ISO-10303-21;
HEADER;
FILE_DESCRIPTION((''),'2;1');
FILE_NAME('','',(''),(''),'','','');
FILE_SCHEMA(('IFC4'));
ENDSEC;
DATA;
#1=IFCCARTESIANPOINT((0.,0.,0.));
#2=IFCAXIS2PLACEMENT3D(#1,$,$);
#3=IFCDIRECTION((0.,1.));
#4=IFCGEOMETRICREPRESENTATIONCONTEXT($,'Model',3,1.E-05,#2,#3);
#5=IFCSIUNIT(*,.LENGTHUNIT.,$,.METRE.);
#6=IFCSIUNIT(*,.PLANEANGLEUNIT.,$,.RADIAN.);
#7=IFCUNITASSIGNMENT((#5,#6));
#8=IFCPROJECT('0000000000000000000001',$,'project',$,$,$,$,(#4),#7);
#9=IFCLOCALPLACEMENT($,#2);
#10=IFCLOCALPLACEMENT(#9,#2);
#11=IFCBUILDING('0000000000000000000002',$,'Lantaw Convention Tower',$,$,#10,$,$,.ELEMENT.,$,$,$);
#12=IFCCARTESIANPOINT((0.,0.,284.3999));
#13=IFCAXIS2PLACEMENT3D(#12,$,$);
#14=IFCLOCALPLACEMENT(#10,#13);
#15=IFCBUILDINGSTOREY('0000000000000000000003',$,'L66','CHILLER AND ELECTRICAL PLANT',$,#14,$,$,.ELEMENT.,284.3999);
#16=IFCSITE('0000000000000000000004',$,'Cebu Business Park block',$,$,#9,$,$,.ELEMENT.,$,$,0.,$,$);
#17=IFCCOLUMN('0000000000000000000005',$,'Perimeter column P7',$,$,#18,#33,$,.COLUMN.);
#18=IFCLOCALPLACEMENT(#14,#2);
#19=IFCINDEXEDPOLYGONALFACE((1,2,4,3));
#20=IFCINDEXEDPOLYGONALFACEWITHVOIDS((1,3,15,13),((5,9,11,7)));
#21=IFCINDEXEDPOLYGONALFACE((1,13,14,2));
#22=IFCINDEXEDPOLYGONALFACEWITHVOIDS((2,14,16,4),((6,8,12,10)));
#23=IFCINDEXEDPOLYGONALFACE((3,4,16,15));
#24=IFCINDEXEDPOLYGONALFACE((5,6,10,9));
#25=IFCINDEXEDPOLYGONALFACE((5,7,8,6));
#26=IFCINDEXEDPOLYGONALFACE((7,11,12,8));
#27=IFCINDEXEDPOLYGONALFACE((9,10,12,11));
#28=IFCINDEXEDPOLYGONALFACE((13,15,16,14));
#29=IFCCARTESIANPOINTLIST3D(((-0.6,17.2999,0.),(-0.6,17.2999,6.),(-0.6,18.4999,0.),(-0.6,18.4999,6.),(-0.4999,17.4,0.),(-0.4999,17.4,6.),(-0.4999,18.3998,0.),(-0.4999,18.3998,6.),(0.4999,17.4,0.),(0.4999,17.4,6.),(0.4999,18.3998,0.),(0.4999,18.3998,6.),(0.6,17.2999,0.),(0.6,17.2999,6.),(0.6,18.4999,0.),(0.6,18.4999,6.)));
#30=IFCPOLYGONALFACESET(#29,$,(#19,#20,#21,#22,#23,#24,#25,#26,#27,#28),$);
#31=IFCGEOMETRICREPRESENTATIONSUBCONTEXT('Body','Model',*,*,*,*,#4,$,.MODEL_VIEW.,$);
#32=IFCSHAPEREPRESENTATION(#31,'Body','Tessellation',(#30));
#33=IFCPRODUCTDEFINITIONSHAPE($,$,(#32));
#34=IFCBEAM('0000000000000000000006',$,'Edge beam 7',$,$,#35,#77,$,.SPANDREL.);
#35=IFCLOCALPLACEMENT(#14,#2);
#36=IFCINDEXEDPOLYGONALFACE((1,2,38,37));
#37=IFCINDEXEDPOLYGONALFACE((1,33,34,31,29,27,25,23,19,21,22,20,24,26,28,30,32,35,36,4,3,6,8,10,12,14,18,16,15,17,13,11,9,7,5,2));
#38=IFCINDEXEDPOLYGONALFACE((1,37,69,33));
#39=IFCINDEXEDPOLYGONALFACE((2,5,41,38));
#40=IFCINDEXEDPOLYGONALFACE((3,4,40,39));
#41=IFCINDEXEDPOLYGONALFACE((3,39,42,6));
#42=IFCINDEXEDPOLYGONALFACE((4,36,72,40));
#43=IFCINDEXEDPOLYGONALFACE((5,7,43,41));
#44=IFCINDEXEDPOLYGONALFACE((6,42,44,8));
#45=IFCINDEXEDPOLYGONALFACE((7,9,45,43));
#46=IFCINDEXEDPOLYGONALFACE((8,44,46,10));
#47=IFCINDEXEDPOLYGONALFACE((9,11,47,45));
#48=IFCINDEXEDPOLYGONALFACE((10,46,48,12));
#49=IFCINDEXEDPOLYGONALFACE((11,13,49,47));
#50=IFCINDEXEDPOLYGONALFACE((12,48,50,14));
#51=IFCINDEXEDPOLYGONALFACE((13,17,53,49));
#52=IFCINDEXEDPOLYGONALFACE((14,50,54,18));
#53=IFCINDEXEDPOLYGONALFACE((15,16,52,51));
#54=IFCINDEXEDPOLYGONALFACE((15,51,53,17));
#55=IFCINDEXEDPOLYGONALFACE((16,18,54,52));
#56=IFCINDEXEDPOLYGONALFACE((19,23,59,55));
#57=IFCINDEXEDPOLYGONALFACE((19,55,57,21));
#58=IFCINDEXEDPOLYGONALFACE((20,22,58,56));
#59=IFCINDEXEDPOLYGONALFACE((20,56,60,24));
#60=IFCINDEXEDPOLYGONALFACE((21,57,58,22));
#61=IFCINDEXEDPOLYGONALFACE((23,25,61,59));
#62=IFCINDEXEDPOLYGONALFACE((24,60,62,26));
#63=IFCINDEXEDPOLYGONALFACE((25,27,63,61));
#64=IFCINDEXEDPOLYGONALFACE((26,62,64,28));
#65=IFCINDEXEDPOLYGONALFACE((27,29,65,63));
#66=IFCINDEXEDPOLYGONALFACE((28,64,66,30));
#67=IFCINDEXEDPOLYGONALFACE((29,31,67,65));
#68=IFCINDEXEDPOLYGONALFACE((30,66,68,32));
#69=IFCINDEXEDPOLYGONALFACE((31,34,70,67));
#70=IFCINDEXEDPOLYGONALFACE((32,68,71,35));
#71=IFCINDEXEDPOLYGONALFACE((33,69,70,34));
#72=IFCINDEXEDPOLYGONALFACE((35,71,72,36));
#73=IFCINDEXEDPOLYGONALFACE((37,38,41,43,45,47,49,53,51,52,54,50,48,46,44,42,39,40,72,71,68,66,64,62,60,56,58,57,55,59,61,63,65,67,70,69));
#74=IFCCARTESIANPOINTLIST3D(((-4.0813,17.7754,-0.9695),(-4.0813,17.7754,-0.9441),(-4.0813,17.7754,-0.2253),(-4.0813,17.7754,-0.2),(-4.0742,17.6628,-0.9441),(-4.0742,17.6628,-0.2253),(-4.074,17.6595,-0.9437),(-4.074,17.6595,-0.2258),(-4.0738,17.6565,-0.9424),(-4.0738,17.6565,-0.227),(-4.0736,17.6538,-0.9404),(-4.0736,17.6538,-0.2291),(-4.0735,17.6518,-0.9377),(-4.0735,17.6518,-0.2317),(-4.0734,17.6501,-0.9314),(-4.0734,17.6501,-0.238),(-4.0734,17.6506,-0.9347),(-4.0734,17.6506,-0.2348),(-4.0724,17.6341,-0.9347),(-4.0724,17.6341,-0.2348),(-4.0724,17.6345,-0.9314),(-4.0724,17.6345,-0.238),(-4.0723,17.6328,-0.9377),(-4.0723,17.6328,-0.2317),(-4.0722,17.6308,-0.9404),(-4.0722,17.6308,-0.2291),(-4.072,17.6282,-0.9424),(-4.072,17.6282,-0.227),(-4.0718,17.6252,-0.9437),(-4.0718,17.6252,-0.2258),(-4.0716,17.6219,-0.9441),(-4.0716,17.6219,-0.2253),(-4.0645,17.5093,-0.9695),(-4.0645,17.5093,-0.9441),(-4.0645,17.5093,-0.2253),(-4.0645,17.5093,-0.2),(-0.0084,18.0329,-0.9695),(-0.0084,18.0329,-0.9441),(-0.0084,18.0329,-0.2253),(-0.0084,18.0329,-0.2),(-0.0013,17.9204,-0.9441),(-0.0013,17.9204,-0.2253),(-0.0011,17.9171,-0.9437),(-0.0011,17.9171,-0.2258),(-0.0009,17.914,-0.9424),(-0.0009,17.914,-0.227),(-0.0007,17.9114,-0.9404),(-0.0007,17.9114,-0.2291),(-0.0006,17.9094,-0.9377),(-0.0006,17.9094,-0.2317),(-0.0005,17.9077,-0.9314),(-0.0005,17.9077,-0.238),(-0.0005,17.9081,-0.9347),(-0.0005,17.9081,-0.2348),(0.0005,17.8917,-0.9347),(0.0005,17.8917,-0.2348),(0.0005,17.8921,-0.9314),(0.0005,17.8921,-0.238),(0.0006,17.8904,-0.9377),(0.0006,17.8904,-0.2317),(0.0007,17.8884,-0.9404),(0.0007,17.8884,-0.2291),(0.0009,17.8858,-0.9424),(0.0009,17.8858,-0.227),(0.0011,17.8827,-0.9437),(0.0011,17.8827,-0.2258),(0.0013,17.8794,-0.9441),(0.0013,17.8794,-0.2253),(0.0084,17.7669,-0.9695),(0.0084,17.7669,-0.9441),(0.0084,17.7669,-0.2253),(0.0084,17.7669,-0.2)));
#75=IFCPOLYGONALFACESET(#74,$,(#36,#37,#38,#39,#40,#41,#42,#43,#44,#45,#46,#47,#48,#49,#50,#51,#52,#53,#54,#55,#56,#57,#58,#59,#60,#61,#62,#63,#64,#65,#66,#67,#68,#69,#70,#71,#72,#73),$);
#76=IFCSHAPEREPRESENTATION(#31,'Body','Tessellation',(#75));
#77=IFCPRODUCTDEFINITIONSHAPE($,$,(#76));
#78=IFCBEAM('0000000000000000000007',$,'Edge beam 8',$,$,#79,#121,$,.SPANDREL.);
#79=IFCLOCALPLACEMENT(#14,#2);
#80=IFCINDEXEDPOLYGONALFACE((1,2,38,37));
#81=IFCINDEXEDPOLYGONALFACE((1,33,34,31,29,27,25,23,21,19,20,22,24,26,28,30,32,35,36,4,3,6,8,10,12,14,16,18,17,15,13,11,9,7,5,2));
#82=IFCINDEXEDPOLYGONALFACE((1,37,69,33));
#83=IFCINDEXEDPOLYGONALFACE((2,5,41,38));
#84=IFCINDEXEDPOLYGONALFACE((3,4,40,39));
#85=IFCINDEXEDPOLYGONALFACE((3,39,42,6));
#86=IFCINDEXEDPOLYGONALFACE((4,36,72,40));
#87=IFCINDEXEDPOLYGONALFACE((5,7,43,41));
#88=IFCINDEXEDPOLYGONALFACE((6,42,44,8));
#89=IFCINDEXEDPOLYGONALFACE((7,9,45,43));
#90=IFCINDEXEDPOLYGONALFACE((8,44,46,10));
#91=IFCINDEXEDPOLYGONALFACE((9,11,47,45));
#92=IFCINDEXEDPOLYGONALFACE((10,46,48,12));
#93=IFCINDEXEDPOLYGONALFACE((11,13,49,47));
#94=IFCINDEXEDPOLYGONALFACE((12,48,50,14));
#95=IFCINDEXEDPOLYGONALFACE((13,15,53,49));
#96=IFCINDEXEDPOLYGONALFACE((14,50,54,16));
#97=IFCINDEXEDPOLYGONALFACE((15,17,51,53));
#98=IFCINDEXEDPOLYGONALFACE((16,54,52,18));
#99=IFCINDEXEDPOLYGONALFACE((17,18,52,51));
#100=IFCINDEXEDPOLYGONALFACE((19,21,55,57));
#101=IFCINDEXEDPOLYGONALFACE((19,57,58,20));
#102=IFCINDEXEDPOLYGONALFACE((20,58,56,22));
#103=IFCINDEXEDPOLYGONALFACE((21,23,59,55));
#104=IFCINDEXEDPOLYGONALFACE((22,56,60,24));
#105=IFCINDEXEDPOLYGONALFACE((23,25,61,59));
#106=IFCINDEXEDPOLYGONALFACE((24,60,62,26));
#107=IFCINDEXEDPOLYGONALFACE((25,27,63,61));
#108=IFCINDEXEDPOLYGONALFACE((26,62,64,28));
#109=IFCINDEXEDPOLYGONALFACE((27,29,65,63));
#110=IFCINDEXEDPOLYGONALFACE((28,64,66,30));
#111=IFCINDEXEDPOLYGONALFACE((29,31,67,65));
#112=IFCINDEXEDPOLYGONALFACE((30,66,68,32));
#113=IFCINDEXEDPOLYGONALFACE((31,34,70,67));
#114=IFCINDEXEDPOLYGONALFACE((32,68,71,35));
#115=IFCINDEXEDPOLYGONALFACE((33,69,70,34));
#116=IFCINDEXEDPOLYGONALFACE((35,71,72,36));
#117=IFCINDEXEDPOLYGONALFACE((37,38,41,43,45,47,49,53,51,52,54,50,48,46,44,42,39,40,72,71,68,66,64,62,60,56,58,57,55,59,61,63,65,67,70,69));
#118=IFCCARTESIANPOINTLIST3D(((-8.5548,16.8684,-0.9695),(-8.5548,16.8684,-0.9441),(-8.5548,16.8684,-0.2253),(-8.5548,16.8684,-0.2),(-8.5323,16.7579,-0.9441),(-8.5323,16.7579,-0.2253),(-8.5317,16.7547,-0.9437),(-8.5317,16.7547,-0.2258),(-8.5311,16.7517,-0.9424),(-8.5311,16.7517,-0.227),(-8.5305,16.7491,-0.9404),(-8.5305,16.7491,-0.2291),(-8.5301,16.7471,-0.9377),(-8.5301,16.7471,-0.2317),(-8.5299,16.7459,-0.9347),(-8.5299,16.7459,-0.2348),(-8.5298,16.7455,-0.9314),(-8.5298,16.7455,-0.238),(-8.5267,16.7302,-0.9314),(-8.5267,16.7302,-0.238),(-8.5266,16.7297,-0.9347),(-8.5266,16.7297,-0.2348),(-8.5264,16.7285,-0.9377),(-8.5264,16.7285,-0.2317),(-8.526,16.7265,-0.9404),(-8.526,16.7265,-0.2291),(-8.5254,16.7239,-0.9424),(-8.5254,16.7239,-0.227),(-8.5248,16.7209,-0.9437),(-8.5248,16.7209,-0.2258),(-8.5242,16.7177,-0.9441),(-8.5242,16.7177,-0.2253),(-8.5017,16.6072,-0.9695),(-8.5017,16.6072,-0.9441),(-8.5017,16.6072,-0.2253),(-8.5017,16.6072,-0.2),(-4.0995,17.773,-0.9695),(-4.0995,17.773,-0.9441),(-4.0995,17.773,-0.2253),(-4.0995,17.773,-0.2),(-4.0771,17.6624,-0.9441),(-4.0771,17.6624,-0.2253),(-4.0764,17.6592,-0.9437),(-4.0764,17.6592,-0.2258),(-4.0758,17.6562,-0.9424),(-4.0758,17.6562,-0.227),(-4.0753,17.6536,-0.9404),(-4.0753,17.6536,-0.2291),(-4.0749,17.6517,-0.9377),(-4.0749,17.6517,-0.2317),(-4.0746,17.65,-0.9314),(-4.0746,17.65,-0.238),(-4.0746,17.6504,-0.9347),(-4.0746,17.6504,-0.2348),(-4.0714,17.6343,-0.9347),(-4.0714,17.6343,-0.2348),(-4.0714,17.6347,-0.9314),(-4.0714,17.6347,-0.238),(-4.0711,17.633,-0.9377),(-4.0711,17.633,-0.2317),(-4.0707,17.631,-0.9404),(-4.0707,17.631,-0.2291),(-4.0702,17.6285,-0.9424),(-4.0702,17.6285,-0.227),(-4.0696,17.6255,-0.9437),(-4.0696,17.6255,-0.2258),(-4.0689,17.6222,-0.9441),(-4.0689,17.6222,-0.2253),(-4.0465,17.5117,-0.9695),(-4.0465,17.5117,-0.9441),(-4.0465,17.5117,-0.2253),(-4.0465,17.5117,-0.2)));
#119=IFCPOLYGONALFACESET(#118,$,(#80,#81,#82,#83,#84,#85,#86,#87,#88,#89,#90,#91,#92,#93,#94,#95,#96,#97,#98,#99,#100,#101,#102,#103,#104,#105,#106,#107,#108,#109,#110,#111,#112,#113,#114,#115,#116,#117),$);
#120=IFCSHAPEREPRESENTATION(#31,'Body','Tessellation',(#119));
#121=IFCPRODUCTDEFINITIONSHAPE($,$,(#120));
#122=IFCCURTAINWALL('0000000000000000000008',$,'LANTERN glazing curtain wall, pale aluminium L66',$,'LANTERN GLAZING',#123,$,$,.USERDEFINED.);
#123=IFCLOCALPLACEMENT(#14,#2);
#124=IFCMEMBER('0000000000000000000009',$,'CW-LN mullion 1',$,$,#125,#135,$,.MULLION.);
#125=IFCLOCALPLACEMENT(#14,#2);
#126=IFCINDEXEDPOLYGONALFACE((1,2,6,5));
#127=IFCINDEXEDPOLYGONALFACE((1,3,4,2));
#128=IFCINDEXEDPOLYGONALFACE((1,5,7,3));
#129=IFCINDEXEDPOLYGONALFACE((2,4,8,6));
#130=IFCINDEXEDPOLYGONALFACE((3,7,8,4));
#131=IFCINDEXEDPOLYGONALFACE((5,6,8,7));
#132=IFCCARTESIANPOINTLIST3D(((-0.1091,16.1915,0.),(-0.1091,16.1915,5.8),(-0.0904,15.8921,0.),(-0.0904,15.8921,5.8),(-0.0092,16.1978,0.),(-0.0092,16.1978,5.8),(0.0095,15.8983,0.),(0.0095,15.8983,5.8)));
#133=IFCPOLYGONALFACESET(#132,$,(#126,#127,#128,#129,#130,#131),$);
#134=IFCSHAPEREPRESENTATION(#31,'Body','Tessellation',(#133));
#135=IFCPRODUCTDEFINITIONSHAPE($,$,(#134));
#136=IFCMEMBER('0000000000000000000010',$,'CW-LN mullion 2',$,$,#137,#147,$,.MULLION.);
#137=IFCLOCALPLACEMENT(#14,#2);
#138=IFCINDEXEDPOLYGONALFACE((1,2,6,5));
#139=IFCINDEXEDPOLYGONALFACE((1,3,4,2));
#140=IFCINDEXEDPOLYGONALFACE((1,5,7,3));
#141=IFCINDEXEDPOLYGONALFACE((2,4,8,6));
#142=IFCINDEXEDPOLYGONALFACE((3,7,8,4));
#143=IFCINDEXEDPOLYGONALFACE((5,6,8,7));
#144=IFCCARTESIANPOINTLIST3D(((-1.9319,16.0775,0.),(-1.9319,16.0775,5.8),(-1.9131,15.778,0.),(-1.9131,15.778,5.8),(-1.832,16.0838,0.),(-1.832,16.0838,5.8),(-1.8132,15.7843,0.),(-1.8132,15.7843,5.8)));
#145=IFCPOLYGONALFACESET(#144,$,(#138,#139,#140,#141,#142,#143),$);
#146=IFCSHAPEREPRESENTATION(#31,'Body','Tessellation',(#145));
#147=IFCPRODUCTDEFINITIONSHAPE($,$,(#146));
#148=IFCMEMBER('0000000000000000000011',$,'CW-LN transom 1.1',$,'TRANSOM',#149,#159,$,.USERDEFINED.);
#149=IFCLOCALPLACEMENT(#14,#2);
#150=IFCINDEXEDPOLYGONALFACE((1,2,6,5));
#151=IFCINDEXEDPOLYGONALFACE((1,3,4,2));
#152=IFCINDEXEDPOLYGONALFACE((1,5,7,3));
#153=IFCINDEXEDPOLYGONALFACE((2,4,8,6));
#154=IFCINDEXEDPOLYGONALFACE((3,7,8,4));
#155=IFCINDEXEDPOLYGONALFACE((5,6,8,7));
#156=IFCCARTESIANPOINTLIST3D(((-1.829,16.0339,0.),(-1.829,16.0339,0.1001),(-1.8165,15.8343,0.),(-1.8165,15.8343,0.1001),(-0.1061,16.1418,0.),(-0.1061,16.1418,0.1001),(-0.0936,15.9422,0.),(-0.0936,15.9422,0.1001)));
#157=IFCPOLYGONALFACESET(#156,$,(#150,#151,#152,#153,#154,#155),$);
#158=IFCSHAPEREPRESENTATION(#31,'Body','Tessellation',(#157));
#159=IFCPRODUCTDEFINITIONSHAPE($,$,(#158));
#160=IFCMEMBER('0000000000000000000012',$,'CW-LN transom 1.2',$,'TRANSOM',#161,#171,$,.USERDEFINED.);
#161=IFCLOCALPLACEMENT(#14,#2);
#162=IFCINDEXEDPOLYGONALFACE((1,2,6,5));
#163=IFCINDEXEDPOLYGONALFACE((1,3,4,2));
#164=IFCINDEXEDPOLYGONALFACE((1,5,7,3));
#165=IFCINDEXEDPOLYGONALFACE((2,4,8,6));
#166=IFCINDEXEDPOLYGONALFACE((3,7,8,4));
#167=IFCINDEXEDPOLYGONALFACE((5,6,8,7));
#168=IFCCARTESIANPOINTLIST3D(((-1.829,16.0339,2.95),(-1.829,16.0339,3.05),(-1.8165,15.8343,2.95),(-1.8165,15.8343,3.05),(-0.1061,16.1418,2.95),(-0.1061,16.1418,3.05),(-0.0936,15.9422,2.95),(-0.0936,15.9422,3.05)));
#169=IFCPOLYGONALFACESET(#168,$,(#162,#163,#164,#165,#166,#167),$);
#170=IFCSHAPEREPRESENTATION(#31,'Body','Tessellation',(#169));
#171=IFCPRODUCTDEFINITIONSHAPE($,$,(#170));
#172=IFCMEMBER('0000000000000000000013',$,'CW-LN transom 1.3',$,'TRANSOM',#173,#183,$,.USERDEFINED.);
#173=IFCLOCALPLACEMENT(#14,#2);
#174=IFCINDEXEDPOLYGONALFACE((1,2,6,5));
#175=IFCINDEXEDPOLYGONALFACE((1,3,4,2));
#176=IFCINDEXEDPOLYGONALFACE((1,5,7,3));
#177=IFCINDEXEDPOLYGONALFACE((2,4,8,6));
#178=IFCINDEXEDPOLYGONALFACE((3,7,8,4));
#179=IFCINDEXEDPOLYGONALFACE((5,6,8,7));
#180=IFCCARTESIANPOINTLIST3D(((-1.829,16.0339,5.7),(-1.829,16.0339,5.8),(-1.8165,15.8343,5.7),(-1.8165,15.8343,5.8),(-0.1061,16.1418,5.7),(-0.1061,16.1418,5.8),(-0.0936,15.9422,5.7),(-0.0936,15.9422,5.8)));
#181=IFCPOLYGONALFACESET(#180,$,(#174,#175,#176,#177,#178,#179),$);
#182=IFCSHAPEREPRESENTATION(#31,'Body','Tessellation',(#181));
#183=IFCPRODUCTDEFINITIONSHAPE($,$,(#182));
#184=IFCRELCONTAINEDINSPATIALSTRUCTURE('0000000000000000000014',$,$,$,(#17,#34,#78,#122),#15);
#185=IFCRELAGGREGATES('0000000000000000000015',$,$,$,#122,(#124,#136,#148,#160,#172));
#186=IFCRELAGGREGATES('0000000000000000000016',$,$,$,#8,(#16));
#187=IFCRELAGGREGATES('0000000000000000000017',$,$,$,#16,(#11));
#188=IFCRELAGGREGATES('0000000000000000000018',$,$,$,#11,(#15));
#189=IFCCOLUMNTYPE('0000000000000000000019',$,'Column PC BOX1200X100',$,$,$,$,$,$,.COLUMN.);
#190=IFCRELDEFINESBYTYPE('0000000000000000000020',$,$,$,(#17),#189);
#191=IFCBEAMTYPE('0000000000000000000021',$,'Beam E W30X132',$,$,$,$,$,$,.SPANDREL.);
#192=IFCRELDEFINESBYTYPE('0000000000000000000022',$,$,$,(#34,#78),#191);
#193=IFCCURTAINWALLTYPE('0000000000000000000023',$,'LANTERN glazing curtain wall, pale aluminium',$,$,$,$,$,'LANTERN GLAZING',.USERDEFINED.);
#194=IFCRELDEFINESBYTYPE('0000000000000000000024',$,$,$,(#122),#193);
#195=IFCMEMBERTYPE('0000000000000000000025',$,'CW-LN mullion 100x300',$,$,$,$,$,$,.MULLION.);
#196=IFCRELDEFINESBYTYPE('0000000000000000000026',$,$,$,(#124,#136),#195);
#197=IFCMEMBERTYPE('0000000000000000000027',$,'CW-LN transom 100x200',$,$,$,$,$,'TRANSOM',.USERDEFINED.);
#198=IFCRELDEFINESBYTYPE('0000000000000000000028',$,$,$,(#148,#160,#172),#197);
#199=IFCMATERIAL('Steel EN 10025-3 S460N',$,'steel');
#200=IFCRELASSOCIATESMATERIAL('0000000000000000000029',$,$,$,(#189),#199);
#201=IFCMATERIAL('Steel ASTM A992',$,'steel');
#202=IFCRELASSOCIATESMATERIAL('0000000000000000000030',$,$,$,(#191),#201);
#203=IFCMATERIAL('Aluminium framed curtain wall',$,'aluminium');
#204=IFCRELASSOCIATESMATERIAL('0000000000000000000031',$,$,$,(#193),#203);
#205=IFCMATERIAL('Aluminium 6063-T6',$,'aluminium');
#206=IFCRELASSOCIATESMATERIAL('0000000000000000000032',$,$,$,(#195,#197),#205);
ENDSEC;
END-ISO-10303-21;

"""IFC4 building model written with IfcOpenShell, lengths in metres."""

from ifc_helpers import new_model, si_unit, direction, frame, origin, origin_2d, place, context, subcontext, project, spatial, rectangle, hollow_rectangle, i_section, extrude, material, material_profile, profile_set, type_object, element, aggregate, save


model = new_model("IFC4")

# Units and contexts
model_context = context("Model", 3, precision=1e-05, world=origin(), true_north=direction((0.0, 1.0)))
body_context = subcontext(model_context, "Body", "Model", "MODEL_VIEW")
ifc_project = project(units=[si_unit("LENGTHUNIT", "METRE"), si_unit("PLANEANGLEUNIT", "RADIAN")], contexts=[model_context])

# Site, building, storey
site_placement = place(None, origin())
site = spatial("IfcSite", under=ifc_project, at=site_placement, Name="Cebu Business Park block", CompositionType="ELEMENT", RefElevation=0.0)
building_placement = place(site_placement, origin())
building = spatial("IfcBuilding", under=site, at=building_placement, Name="Lantaw Convention Tower", CompositionType="ELEMENT")
storey_placement = place(building_placement, frame((0.0, 0.0, 284.3999)))
storey = spatial("IfcBuildingStorey", under=building, at=storey_placement, Name="L66", Description="CHILLER AND ELECTRICAL PLANT", CompositionType="ELEMENT", Elevation=284.3999)

# Column
ifc_material_1 = material(Name="Steel EN 10025-3 S460N", Category="steel")
ifc_material_profile_1 = material_profile(ifc_material_1, hollow_rectangle(XDim=1.2, YDim=1.2, WallThickness=0.1001, at=origin_2d()), Name="BOX1200X100")
ifc_material_2 = material(Name="Concrete C60/75", Category="concrete")
ifc_material_profile_2 = material_profile(ifc_material_2, rectangle(XDim=1.0, YDim=1.0, at=origin_2d()), Name="Concrete fill of BOX1200X100")
ifc_profile_set_1 = profile_set([ifc_material_profile_1, ifc_material_profile_2], Name="Steel EN 10025-3 S460N")
column_type = type_object("IfcColumnType", Name="Column PC BOX1200X100", PredefinedType="COLUMN", material=ifc_profile_set_1)
column_placement = place(storey_placement, frame((0.0, 17.8999, 0.0), z_axis=(0.0, 0.0, 1.0), x_axis=(1.0, 0.0, 0.0)))
element("IfcColumn", 1, at=column_placement, inside=storey, type_object=column_type, Name="Perimeter column P7", PredefinedType="COLUMN", context=body_context, shape_type="SweptSolid", body=[
    extrude(hollow_rectangle(XDim=1.2, YDim=1.2, WallThickness=0.1001, at=origin_2d()), origin(), (0.0, 0.0, 1.0), 6.0),
])

# Beams
ifc_material_3 = material(Name="Steel ASTM A992", Category="steel")
ifc_material_profile_3 = material_profile(ifc_material_3, i_section(OverallWidth=0.2666, OverallDepth=0.7695, WebThickness=0.0156, FlangeThickness=0.0254, FilletRadius=0.0127, at=origin_2d()), Name="W30X132")
ifc_profile_set_2 = profile_set([ifc_material_profile_3], Name="Steel ASTM A992")
beam_type = type_object("IfcBeamType", Name="Beam E W30X132", PredefinedType="SPANDREL", material=ifc_profile_set_2)
beam_1_placement = place(storey_placement, frame((0.0, 17.8999, -0.5847), z_axis=(-0.998006, -0.063112, 0.0), x_axis=(0.063112, -0.998006, 0.0)))
element("IfcBeam", 2, at=beam_1_placement, inside=storey, type_object=beam_type, Name="Edge beam 7", PredefinedType="SPANDREL", context=body_context, shape_type="SweptSolid", body=[
    extrude(i_section(OverallWidth=0.2666, OverallDepth=0.7695, WebThickness=0.0156, FlangeThickness=0.0254, FilletRadius=0.0127, at=origin_2d()), origin(), (0.0, 0.0, 1.0), 4.0811),
])
beam_2_placement = place(storey_placement, frame((-4.073, 17.6423, -0.5847), z_axis=(-0.980006, -0.198966, 0.0), x_axis=(0.198966, -0.980006, 0.0)))
element("IfcBeam", 3, at=beam_2_placement, inside=storey, type_object=beam_type, Name="Edge beam 8", PredefinedType="SPANDREL", context=body_context, shape_type="SweptSolid", body=[
    extrude(i_section(OverallWidth=0.2666, OverallDepth=0.7695, WebThickness=0.0156, FlangeThickness=0.0254, FilletRadius=0.0127, at=origin_2d()), origin(), (0.0, 0.0, 1.0), 4.5461),
])

# Curtain wall, members
ifc_material_4 = material(Name="Aluminium framed curtain wall", Category="aluminium")
curtain_wall_type_1 = type_object("IfcCurtainWallType", Name="LANTERN glazing curtain wall, pale aluminium", ElementType="LANTERN GLAZING", PredefinedType="USERDEFINED", material=ifc_material_4)
curtain_wall_1_placement = place(storey_placement, origin())
curtain_wall_1 = element("IfcCurtainWall", 4, at=curtain_wall_1_placement, inside=storey, type_object=curtain_wall_type_1, Name="LANTERN glazing curtain wall, pale aluminium L66", ObjectType="LANTERN GLAZING", PredefinedType="USERDEFINED")
ifc_material_5 = material(Name="Aluminium 6063-T6", Category="aluminium")
ifc_material_profile_4 = material_profile(ifc_material_5, rectangle(XDim=0.3, YDim=0.1001, at=origin_2d()), Name="CW-LN mullion 100x300")
ifc_profile_set_3 = profile_set([ifc_material_profile_4], Name="Aluminium 6063-T6")
member_type_1 = type_object("IfcMemberType", Name="CW-LN mullion 100x300", PredefinedType="MULLION", material=ifc_profile_set_3)
member_1_placement = place(storey_placement, frame((-0.0498, 16.0449, 0.0), z_axis=(0.0, 0.0, 1.0), x_axis=(0.062489, -0.998046, 0.0)))
member_1 = element("IfcMember", 5, at=member_1_placement, type_object=member_type_1, Name="CW-LN mullion 1", PredefinedType="MULLION", context=body_context, shape_type="SweptSolid", body=[
    extrude(rectangle(XDim=0.3, YDim=0.1001, at=origin_2d()), origin(), (0.0, 0.0, 1.0), 5.8),
])
member_2_placement = place(storey_placement, frame((-1.8726, 15.9309, 0.0), z_axis=(0.0, 0.0, 1.0), x_axis=(0.062489, -0.998046, 0.0)))
member_2 = element("IfcMember", 6, at=member_2_placement, type_object=member_type_1, Name="CW-LN mullion 2", PredefinedType="MULLION", context=body_context, shape_type="SweptSolid", body=[
    extrude(rectangle(XDim=0.3, YDim=0.1001, at=origin_2d()), origin(), (0.0, 0.0, 1.0), 5.8),
])
ifc_material_profile_5 = material_profile(ifc_material_5, rectangle(XDim=0.2, YDim=0.1001, at=origin_2d()), Name="CW-LN transom 100x200")
ifc_profile_set_4 = profile_set([ifc_material_profile_5], Name="Aluminium 6063-T6")
member_type_2 = type_object("IfcMemberType", Name="CW-LN transom 100x200", ElementType="TRANSOM", PredefinedType="USERDEFINED", material=ifc_profile_set_4)
member_3_placement = place(storey_placement, frame((-0.0999, 16.042, 0.05), z_axis=(-0.998044, -0.06251, 0.0), x_axis=(0.06251, -0.998044, 0.0)))
member_3 = element("IfcMember", 7, at=member_3_placement, type_object=member_type_2, Name="CW-LN transom 1.1", ObjectType="TRANSOM", PredefinedType="USERDEFINED", context=body_context, shape_type="SweptSolid", body=[
    extrude(rectangle(XDim=0.2, YDim=0.1001, at=origin_2d()), origin(), (0.0, 0.0, 1.0), 1.7263),
])
member_4_placement = place(storey_placement, frame((-0.0999, 16.042, 3.0), z_axis=(-0.998044, -0.06251, 0.0), x_axis=(0.06251, -0.998044, 0.0)))
member_4 = element("IfcMember", 8, at=member_4_placement, type_object=member_type_2, Name="CW-LN transom 1.2", ObjectType="TRANSOM", PredefinedType="USERDEFINED", context=body_context, shape_type="SweptSolid", body=[
    extrude(rectangle(XDim=0.2, YDim=0.1001, at=origin_2d()), origin(), (0.0, 0.0, 1.0), 1.7263),
])
member_5_placement = place(storey_placement, frame((-0.0999, 16.042, 5.75), z_axis=(-0.998044, -0.06251, 0.0), x_axis=(0.06251, -0.998044, 0.0)))
member_5 = element("IfcMember", 9, at=member_5_placement, type_object=member_type_2, Name="CW-LN transom 1.3", ObjectType="TRANSOM", PredefinedType="USERDEFINED", context=body_context, shape_type="SweptSolid", body=[
    extrude(rectangle(XDim=0.2, YDim=0.1001, at=origin_2d()), origin(), (0.0, 0.0, 1.0), 1.7263),
])

aggregate(curtain_wall_1, [member_1, member_2, member_3, member_4, member_5])

save(model, "model.ifc")
